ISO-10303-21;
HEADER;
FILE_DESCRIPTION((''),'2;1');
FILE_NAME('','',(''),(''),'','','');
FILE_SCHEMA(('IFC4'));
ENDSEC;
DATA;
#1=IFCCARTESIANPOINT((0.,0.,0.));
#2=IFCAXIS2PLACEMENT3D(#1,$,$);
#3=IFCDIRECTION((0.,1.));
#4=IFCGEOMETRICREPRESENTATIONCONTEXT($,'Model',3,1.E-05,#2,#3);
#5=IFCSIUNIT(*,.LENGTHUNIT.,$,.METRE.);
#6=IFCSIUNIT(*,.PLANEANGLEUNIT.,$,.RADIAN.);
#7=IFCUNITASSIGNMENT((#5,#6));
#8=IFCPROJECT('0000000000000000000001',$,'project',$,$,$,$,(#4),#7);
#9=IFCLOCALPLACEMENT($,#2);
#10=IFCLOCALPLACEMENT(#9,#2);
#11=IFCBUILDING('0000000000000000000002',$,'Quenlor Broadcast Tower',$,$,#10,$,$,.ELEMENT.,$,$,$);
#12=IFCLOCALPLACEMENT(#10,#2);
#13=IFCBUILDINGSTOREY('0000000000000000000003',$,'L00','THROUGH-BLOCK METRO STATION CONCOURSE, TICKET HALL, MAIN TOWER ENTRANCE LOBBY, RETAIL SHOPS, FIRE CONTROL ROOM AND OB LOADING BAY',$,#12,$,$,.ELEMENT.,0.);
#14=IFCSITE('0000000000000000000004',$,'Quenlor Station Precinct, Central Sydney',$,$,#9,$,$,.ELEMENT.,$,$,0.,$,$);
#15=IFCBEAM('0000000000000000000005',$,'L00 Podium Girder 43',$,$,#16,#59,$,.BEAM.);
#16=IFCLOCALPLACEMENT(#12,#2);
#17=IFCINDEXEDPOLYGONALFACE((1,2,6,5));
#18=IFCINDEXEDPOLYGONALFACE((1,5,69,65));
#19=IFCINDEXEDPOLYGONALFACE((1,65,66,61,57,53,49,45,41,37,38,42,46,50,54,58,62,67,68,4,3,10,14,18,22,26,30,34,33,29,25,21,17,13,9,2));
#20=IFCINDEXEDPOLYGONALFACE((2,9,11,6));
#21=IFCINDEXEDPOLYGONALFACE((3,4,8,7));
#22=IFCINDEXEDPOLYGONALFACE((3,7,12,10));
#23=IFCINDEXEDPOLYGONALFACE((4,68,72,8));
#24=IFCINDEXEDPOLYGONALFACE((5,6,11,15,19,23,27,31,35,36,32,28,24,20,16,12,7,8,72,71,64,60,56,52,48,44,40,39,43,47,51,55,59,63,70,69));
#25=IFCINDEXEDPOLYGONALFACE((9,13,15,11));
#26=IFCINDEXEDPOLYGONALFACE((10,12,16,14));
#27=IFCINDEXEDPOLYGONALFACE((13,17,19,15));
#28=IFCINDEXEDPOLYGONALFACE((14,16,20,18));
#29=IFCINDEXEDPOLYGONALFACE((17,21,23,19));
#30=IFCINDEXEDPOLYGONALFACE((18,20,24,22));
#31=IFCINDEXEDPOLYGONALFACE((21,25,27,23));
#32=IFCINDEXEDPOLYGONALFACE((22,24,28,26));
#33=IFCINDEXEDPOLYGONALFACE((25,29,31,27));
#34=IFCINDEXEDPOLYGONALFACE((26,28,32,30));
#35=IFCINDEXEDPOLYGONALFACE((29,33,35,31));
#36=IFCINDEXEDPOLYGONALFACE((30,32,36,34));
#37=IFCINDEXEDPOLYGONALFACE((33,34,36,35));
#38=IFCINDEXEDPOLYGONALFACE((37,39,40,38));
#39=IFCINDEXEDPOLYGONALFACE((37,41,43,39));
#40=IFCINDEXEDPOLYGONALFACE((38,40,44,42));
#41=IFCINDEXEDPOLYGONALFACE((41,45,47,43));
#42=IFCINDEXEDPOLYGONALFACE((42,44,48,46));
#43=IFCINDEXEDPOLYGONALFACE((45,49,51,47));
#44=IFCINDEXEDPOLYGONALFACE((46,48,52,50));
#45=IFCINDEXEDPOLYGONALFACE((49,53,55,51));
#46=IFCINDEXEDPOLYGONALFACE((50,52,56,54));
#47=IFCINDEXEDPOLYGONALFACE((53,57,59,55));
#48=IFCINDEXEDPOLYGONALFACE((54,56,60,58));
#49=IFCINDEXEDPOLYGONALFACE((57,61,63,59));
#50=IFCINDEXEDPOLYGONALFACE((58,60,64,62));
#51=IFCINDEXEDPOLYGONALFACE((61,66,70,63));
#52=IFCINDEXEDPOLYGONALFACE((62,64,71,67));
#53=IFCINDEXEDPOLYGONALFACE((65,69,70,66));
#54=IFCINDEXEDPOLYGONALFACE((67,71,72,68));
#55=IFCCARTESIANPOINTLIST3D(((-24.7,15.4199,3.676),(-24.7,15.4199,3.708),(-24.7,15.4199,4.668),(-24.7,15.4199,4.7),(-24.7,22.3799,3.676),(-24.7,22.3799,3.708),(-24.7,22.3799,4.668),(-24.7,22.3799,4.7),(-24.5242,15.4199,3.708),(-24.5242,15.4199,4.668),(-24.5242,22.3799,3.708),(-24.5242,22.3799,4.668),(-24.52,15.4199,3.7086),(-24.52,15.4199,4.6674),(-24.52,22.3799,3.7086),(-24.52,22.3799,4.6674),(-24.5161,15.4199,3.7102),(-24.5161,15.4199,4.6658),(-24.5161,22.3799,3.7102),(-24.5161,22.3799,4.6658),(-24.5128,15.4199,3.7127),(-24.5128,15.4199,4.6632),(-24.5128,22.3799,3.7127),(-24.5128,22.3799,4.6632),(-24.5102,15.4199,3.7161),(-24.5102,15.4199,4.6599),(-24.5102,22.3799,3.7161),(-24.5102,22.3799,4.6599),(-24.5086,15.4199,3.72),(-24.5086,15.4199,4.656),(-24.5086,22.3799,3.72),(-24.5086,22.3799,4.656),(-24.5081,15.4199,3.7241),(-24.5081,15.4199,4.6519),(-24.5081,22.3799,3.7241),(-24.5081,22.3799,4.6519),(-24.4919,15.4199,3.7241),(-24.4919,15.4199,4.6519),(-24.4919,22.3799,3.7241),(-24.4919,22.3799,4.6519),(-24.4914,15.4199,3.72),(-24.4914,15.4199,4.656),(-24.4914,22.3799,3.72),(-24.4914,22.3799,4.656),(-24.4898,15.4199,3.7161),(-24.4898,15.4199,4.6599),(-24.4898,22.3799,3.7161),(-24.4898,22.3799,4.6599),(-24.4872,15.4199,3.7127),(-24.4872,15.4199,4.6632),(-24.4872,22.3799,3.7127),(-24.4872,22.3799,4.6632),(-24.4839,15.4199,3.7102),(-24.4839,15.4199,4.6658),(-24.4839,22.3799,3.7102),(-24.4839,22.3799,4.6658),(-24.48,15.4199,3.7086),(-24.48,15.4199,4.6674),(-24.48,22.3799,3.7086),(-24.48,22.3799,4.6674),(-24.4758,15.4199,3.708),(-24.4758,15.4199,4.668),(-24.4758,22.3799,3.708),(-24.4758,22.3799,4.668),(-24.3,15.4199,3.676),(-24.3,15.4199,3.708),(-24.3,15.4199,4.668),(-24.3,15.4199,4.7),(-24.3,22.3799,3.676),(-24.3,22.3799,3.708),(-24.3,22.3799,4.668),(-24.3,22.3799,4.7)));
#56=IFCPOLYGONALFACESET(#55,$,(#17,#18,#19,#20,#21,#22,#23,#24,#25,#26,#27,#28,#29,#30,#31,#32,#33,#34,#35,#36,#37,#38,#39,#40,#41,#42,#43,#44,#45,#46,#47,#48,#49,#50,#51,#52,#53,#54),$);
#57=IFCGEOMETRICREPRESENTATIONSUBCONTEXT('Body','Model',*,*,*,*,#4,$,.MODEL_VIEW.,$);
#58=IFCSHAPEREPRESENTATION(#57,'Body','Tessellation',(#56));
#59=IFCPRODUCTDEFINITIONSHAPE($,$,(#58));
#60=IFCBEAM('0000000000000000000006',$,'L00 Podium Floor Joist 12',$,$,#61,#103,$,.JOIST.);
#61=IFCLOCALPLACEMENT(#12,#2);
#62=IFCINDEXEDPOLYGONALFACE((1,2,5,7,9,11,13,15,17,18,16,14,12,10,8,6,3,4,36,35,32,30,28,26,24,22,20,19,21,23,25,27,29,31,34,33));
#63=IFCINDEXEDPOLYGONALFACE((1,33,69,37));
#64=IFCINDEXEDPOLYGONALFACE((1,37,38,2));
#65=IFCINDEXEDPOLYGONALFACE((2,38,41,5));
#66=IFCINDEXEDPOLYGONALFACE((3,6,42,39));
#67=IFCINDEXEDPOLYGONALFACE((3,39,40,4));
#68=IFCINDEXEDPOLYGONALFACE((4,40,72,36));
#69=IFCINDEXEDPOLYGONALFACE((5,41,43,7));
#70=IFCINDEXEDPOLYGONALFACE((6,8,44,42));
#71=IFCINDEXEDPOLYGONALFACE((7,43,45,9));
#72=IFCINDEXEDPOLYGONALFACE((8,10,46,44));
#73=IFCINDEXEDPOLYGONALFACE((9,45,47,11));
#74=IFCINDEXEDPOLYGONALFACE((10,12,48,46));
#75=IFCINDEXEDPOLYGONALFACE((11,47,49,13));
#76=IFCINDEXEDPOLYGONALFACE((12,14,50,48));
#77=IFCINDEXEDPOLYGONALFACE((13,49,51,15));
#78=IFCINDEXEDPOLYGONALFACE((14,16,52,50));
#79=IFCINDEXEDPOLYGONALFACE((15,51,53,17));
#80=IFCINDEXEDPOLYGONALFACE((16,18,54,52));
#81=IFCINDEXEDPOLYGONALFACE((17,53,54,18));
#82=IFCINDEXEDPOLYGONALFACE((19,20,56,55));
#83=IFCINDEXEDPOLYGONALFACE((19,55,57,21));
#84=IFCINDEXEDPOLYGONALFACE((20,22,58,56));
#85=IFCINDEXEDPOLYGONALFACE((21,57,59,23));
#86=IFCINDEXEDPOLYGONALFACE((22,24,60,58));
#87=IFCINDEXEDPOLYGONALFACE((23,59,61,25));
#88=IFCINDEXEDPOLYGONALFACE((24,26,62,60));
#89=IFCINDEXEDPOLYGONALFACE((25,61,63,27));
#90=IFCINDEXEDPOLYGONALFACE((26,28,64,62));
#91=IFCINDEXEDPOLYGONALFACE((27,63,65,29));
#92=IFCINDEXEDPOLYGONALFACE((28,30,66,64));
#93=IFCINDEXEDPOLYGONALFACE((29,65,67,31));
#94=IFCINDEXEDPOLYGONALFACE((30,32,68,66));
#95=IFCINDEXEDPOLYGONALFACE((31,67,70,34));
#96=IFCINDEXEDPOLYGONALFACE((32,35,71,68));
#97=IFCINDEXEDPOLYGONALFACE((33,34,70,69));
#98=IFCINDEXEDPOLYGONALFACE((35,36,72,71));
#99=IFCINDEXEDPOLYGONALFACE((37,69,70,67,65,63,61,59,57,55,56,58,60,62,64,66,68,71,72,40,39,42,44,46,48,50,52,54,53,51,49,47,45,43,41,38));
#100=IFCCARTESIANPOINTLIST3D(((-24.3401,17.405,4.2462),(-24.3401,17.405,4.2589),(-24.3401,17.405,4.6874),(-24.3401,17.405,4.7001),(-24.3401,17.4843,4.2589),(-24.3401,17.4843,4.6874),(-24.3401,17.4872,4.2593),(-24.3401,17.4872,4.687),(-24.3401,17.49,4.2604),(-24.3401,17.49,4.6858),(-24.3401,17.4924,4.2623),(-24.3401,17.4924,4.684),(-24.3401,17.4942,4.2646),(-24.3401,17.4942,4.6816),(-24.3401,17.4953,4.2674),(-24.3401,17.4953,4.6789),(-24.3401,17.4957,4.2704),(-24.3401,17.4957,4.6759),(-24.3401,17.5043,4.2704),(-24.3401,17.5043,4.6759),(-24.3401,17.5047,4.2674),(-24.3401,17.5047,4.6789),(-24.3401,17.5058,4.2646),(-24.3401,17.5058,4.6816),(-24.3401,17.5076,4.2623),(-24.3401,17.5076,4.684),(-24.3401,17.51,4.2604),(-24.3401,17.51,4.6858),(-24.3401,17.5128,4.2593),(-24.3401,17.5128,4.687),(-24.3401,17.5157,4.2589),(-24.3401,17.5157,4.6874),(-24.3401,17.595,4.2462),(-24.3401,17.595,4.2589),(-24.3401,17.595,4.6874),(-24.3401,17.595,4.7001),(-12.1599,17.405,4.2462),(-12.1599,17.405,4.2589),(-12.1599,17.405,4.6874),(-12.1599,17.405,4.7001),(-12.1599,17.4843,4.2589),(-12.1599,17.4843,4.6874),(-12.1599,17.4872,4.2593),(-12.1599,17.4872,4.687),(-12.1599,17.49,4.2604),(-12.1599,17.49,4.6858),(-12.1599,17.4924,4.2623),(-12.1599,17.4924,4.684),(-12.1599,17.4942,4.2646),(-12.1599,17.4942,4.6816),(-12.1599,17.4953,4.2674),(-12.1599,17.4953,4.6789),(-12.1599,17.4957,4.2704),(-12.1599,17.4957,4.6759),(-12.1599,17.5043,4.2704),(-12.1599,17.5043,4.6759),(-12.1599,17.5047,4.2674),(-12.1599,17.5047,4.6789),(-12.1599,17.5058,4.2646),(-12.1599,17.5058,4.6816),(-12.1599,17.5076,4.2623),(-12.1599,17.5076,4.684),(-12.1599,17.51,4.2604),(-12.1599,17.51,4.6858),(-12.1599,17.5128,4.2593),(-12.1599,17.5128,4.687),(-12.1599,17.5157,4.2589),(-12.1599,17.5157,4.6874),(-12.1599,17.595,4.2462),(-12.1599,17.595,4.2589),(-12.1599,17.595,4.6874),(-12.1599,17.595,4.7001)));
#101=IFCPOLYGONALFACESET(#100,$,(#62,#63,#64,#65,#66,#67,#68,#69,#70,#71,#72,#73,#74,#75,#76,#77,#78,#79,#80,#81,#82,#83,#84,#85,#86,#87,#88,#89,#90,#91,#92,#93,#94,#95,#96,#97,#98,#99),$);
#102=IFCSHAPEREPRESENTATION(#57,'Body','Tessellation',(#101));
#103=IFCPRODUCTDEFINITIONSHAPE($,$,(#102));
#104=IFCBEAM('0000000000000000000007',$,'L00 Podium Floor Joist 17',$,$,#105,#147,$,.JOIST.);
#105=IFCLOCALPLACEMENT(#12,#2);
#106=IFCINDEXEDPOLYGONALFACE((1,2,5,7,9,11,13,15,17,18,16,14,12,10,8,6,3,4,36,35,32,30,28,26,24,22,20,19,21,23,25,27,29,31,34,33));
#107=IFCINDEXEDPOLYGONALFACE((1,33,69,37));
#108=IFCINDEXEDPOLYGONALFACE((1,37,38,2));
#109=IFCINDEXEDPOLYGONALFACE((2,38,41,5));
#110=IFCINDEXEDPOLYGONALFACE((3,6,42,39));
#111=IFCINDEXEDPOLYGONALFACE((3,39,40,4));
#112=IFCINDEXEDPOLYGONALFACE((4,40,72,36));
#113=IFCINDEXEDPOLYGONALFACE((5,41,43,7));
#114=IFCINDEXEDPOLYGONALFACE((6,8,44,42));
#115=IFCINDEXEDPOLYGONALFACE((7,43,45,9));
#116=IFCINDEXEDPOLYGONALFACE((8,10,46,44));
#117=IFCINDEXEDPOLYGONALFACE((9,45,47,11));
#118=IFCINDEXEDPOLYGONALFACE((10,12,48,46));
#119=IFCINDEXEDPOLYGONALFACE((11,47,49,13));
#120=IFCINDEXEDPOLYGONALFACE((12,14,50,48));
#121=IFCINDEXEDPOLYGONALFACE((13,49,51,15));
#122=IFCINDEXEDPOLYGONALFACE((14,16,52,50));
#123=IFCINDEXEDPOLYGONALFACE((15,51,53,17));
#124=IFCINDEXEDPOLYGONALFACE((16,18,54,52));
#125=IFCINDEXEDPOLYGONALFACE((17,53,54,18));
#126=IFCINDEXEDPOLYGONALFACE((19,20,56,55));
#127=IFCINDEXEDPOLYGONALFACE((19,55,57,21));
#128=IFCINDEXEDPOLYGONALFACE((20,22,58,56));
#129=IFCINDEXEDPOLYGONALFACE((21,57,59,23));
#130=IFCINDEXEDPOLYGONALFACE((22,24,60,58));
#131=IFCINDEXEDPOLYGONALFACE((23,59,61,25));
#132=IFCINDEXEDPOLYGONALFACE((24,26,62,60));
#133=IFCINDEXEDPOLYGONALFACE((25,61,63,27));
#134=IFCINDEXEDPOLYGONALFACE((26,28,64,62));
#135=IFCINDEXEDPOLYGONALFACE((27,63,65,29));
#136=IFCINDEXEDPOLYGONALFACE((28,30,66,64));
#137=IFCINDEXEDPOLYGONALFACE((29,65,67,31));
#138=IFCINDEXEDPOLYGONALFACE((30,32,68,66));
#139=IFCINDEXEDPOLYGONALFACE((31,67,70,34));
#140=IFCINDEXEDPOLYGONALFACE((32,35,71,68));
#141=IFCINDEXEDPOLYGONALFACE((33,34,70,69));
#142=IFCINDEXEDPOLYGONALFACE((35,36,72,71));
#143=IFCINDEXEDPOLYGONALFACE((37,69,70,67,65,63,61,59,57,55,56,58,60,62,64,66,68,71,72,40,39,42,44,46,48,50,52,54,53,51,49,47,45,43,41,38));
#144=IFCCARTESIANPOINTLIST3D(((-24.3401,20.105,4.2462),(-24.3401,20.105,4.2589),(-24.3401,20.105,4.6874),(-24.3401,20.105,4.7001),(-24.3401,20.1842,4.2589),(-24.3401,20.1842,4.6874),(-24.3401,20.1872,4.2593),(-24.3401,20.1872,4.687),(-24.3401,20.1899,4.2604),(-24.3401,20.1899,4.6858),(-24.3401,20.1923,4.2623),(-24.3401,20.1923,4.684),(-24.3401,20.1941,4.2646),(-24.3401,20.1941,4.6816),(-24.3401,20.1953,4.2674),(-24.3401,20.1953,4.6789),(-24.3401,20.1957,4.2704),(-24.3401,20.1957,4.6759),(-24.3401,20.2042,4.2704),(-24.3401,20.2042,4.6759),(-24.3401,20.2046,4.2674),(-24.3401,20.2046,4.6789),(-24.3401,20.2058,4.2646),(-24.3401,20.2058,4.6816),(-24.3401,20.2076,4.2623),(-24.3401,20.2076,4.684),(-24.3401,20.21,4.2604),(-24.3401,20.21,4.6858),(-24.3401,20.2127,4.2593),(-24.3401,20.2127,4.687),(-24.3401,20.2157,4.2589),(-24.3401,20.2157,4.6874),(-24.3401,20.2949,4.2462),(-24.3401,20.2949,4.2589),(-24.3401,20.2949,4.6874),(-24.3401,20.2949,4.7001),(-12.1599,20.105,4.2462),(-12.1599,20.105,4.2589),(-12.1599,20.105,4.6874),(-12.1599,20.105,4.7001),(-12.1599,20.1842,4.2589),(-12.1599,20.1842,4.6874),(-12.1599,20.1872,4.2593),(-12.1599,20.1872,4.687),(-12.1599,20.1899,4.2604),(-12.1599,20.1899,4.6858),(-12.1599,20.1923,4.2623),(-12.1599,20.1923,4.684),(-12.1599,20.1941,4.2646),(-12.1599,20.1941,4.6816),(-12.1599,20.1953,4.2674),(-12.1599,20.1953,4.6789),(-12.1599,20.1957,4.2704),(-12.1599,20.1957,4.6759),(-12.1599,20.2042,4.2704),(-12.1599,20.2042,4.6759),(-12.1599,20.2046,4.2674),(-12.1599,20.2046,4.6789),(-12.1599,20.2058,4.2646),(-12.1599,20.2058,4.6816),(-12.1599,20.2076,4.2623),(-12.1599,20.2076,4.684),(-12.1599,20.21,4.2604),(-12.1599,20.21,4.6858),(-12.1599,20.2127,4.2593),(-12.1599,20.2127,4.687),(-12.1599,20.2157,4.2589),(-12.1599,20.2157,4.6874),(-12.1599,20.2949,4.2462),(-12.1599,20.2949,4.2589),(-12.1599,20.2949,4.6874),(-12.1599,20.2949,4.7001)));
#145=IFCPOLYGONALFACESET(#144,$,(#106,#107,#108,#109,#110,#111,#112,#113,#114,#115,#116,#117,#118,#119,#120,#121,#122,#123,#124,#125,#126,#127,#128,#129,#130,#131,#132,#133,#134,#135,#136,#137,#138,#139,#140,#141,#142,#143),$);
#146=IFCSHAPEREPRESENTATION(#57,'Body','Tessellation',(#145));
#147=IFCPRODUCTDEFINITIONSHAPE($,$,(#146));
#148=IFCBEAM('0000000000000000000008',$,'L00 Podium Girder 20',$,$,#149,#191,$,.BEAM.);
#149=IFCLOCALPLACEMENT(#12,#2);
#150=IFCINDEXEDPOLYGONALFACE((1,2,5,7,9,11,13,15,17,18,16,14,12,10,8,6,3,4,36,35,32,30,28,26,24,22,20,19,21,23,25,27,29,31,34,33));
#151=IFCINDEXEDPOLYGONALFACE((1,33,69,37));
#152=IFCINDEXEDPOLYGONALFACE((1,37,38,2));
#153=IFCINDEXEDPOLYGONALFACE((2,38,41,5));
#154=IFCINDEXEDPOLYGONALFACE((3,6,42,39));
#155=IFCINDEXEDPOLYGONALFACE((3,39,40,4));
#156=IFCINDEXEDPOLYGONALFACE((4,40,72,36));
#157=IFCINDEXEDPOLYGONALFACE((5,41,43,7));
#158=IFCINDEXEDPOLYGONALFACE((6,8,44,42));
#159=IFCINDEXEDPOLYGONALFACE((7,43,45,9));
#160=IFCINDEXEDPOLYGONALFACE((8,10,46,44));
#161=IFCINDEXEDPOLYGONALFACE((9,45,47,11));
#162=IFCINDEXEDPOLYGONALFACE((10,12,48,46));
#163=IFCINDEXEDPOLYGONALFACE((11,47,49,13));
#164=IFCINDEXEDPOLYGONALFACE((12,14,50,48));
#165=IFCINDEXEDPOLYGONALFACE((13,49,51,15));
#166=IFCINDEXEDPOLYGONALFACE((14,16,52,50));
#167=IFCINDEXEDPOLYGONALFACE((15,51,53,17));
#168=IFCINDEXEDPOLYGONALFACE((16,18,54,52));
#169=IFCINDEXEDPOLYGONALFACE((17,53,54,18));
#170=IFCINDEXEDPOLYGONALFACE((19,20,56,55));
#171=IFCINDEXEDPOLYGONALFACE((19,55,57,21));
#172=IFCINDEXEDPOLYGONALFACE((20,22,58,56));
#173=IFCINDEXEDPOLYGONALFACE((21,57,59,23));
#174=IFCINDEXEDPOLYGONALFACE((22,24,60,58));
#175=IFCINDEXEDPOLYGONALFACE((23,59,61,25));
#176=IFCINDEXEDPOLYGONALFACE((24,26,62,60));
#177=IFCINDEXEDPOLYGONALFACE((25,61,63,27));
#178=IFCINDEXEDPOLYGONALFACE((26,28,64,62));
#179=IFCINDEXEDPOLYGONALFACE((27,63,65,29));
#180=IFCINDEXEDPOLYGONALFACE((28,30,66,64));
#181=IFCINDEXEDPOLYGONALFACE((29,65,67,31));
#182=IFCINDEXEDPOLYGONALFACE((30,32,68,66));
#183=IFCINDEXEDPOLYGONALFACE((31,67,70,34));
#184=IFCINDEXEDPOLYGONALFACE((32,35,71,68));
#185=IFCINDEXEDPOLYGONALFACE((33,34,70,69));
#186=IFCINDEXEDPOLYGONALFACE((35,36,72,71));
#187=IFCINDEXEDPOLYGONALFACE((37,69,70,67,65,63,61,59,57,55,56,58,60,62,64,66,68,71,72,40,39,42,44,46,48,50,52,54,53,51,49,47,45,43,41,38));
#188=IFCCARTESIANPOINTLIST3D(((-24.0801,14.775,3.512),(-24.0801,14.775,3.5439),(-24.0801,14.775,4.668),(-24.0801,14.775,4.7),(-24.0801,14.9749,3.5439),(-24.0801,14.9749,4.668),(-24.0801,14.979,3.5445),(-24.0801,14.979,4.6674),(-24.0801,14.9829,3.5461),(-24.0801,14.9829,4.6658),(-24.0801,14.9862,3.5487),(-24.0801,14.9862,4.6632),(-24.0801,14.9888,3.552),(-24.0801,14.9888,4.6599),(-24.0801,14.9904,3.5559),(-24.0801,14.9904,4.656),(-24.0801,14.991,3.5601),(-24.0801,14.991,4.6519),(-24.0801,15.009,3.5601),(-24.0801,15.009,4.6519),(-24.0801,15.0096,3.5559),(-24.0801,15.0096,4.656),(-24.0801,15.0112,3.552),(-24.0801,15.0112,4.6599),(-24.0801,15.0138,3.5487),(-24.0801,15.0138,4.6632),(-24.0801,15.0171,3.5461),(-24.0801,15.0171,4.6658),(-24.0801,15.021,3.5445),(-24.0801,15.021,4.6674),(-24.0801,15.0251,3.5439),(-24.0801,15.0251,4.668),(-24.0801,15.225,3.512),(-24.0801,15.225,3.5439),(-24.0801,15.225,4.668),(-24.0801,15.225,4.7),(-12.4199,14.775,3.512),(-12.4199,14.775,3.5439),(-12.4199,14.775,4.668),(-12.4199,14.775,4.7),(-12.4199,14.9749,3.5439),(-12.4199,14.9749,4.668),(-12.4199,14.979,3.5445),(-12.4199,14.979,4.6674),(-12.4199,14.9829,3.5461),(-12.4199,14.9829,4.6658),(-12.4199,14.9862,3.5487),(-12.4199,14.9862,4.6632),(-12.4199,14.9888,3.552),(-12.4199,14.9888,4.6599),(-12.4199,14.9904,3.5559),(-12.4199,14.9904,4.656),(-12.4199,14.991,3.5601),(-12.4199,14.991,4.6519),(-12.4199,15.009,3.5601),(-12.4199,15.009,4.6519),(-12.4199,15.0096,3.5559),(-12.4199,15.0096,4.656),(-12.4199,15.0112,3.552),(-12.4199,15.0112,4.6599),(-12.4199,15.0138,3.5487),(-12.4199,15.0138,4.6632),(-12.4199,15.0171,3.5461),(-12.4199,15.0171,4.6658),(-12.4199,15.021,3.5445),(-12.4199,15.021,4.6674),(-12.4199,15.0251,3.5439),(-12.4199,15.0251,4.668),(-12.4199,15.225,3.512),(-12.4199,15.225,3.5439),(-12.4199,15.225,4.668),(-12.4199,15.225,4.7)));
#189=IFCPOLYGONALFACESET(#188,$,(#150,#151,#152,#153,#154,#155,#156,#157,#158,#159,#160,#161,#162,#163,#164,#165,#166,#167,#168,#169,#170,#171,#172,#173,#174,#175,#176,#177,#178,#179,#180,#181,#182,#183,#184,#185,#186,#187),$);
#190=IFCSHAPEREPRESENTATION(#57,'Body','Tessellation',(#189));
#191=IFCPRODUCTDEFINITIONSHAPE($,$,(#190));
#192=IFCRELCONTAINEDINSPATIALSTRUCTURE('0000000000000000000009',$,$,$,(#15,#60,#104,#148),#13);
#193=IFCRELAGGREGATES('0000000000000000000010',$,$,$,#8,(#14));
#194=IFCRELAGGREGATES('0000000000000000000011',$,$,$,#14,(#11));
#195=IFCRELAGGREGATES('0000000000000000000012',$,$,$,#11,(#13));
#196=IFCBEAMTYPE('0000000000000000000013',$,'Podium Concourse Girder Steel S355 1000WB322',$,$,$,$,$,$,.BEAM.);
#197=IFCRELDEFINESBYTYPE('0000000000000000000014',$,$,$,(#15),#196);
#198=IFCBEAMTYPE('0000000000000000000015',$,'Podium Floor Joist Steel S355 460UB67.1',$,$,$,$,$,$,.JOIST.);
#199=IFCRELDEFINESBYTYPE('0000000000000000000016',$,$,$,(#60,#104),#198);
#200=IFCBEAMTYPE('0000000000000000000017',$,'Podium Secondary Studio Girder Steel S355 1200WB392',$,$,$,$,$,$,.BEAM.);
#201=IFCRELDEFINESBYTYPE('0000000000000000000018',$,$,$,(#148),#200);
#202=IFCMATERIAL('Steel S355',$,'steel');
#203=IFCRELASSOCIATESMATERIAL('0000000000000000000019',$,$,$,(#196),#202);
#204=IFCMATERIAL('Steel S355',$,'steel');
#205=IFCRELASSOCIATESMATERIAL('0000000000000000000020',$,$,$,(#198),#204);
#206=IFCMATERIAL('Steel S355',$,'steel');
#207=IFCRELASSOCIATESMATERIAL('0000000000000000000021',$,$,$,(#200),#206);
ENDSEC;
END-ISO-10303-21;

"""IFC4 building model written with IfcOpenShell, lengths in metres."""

from ifc_helpers import new_model, si_unit, direction, frame, origin, origin_2d, place, context, subcontext, project, spatial, i_section, extrude, material, material_profile, profile_set, type_object, element, save


model = new_model("IFC4")

# Units and contexts
model_context = context("Model", 3, precision=1e-05, world=origin(), true_north=direction((0.0, 1.0)))
body_context = subcontext(model_context, "Body", "Model", "MODEL_VIEW")
ifc_project = project(units=[si_unit("LENGTHUNIT", "METRE"), si_unit("PLANEANGLEUNIT", "RADIAN")], contexts=[model_context])

# Site, building, storey
site_placement = place(None, origin())
site = spatial("IfcSite", under=ifc_project, at=site_placement, Name="Quenlor Station Precinct, Central Sydney", CompositionType="ELEMENT", RefElevation=0.0)
building_placement = place(site_placement, origin())
building = spatial("IfcBuilding", under=site, at=building_placement, Name="Quenlor Broadcast Tower", CompositionType="ELEMENT")
storey_placement = place(building_placement, origin())
storey = spatial("IfcBuildingStorey", under=building, at=storey_placement, Name="L00", Description="THROUGH-BLOCK METRO STATION CONCOURSE, TICKET HALL, MAIN TOWER ENTRANCE LOBBY, RETAIL SHOPS, FIRE CONTROL ROOM AND OB LOADING BAY", CompositionType="ELEMENT", Elevation=0.0)

# Beams
ifc_material_1 = material(Name="Steel S355", Category="steel")
ifc_material_profile_1 = material_profile(ifc_material_1, i_section(OverallWidth=0.3999, OverallDepth=1.0239, WebThickness=0.0161, FlangeThickness=0.032, FilletRadius=0.0161, at=origin_2d()))
ifc_profile_set_1 = profile_set([ifc_material_profile_1], Name="Steel S355 1000WB322")
beam_type_1 = type_object("IfcBeamType", Name="Podium Concourse Girder Steel S355 1000WB322", PredefinedType="BEAM", material=ifc_profile_set_1)
for number, where, z_axis, x_axis, name in (
    (1, (-24.5, 15.4199, 4.188), (0.0, 1.0, 0.0), (-1.0, 0.0, 0.0), "L00 Podium Girder 43"),
):
    element("IfcBeam", number, at=place(storey_placement, frame(where, z_axis=z_axis, x_axis=x_axis)), inside=storey, type_object=beam_type_1, Name=name, PredefinedType="BEAM", context=body_context, shape_type="SweptSolid", body=[
        extrude(i_section(OverallWidth=0.3999, OverallDepth=1.0239, WebThickness=0.0161, FlangeThickness=0.032, FilletRadius=0.0161, at=origin_2d()), origin(), (0.0, 0.0, 1.0), 6.96),
    ])
ifc_material_2 = material(Name="Steel S355", Category="steel")
ifc_material_profile_2 = material_profile(ifc_material_2, i_section(OverallWidth=0.1899, OverallDepth=0.4539, WebThickness=0.0085, FlangeThickness=0.0127, FilletRadius=0.0115, at=origin_2d()))
ifc_profile_set_2 = profile_set([ifc_material_profile_2], Name="Steel S355 460UB67.1")
beam_type_2 = type_object("IfcBeamType", Name="Podium Floor Joist Steel S355 460UB67.1", PredefinedType="JOIST", material=ifc_profile_set_2)
for number, where, z_axis, x_axis, name in (
    (2, (-24.3401, 17.5, 4.4731), (1.0, 0.0, 0.0), (0.0, 1.0, 0.0), "L00 Podium Floor Joist 12"),
    (3, (-24.3401, 20.2, 4.4731), (1.0, 0.0, 0.0), (0.0, 1.0, 0.0), "L00 Podium Floor Joist 17"),
):
    element("IfcBeam", number, at=place(storey_placement, frame(where, z_axis=z_axis, x_axis=x_axis)), inside=storey, type_object=beam_type_2, Name=name, PredefinedType="JOIST", context=body_context, shape_type="SweptSolid", body=[
        extrude(i_section(OverallWidth=0.1899, OverallDepth=0.4539, WebThickness=0.0085, FlangeThickness=0.0127, FilletRadius=0.0115, at=origin_2d()), origin(), (0.0, 0.0, 1.0), 12.1802),
    ])
ifc_material_3 = material(Name="Steel S355", Category="steel")
ifc_material_profile_3 = material_profile(ifc_material_3, i_section(OverallWidth=0.45, OverallDepth=1.188, WebThickness=0.0181, FlangeThickness=0.032, FilletRadius=0.0161, at=origin_2d()))
ifc_profile_set_3 = profile_set([ifc_material_profile_3], Name="Steel S355 1200WB392")
beam_type_3 = type_object("IfcBeamType", Name="Podium Secondary Studio Girder Steel S355 1200WB392", PredefinedType="BEAM", material=ifc_profile_set_3)
beam_1_placement = place(storey_placement, frame((-24.0801, 15.0, 4.106), z_axis=(1.0, 0.0, 0.0), x_axis=(0.0, 1.0, 0.0)))
element("IfcBeam", 4, at=beam_1_placement, inside=storey, type_object=beam_type_3, Name="L00 Podium Girder 20", PredefinedType="BEAM", context=body_context, shape_type="SweptSolid", body=[
    extrude(i_section(OverallWidth=0.45, OverallDepth=1.188, WebThickness=0.0181, FlangeThickness=0.032, FilletRadius=0.0161, at=origin_2d()), origin(), (0.0, 0.0, 1.0), 11.6602),
])

save(model, "model.ifc")
